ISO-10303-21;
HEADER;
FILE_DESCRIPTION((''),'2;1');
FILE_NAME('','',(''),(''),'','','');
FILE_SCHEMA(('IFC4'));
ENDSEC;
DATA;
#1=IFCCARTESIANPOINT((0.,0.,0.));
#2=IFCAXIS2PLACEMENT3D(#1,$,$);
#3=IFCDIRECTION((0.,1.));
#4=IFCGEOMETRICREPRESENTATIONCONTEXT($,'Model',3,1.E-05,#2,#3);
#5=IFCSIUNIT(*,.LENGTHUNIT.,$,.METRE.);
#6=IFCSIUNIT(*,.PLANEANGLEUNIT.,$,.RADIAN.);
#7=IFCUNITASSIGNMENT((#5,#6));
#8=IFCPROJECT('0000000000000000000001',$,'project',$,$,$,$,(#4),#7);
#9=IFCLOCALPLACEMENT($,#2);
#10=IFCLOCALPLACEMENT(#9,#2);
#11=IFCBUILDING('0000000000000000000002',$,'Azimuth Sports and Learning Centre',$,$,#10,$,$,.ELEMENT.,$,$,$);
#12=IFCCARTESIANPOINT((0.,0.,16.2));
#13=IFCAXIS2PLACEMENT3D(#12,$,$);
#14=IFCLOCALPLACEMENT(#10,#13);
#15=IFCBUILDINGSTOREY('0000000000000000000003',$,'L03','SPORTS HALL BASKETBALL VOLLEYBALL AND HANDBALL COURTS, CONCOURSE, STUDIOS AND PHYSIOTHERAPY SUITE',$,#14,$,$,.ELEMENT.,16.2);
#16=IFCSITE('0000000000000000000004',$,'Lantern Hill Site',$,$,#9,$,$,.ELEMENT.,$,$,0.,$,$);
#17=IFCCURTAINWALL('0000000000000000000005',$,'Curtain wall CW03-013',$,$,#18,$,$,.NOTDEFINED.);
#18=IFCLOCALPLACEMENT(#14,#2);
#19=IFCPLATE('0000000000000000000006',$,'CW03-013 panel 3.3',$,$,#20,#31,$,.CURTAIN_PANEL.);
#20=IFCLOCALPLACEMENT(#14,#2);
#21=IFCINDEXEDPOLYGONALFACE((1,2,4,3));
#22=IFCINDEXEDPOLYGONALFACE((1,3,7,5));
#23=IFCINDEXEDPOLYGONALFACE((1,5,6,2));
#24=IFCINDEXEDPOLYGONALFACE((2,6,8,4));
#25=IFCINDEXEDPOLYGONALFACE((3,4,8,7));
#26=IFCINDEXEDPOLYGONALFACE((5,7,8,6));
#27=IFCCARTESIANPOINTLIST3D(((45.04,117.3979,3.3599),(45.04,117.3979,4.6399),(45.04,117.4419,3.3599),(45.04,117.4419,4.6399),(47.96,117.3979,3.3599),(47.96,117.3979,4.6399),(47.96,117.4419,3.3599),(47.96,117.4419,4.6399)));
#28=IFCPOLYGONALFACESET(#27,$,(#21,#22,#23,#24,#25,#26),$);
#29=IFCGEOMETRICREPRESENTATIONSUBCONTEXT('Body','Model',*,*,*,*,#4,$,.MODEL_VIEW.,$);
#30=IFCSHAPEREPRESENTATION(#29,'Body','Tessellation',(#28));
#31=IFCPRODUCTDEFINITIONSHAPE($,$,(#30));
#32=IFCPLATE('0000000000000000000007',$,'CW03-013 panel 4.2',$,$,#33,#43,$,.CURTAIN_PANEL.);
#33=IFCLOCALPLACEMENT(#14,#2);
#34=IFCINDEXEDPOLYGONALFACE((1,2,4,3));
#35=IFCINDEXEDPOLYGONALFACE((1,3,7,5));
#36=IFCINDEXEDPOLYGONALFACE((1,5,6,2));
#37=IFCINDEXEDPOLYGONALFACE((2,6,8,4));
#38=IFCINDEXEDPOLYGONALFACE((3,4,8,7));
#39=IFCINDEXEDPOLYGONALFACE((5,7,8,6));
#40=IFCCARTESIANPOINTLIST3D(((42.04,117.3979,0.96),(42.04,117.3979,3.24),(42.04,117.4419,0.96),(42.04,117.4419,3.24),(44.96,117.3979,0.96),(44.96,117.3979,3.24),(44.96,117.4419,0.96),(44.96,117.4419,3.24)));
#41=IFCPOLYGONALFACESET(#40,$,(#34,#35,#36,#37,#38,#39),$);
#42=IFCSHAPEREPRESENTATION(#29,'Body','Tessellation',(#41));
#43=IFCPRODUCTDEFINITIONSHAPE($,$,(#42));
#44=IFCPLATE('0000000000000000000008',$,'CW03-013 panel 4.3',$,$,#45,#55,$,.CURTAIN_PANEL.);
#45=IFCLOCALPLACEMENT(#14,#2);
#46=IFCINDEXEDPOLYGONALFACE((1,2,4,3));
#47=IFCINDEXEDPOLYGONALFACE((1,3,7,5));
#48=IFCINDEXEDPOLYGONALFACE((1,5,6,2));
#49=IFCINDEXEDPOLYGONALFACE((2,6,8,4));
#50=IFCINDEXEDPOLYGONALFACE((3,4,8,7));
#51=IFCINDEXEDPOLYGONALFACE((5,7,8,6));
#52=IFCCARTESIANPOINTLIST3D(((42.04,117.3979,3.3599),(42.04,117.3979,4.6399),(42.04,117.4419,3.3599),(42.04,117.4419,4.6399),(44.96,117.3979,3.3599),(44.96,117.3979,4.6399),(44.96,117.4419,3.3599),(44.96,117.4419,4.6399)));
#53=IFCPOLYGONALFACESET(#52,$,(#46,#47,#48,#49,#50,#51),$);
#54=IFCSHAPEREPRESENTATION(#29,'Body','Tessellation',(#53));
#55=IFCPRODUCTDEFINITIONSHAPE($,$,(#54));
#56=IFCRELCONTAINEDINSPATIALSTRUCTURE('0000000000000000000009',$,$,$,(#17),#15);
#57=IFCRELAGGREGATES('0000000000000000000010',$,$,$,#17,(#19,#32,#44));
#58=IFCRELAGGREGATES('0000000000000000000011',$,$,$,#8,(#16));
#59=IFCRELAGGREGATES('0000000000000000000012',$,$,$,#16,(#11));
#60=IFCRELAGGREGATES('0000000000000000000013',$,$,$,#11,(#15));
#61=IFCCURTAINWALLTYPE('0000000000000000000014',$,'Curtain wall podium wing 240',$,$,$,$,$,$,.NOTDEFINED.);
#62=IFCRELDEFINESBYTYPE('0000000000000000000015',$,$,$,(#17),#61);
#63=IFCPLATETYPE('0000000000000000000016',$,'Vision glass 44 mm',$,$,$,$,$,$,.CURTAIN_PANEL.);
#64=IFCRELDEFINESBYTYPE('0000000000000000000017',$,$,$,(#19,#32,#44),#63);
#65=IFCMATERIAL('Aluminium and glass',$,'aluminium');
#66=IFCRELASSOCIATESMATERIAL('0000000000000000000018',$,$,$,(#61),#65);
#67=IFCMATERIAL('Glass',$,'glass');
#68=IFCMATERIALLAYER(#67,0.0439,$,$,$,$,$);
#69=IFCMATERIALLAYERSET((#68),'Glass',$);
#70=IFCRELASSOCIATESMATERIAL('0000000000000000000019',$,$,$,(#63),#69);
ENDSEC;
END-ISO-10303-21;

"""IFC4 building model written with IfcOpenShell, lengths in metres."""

from ifc_helpers import new_model, si_unit, direction, frame, origin, origin_2d, place, context, subcontext, project, spatial, rectangle, extrude, material, layer, layer_set, type_object, element, aggregate, save


model = new_model("IFC4")

# Units and contexts
model_context = context("Model", 3, precision=1e-05, world=origin(), true_north=direction((0.0, 1.0)))
body_context = subcontext(model_context, "Body", "Model", "MODEL_VIEW")
ifc_project = project(units=[si_unit("LENGTHUNIT", "METRE"), si_unit("PLANEANGLEUNIT", "RADIAN")], contexts=[model_context])

# Site, building, storey
site_placement = place(None, origin())
site = spatial("IfcSite", under=ifc_project, at=site_placement, Name="Lantern Hill Site", CompositionType="ELEMENT", RefElevation=0.0)
building_placement = place(site_placement, origin())
building = spatial("IfcBuilding", under=site, at=building_placement, Name="Azimuth Sports and Learning Centre", CompositionType="ELEMENT")
storey_placement = place(building_placement, frame((0.0, 0.0, 16.2)))
storey = spatial("IfcBuildingStorey", under=building, at=storey_placement, Name="L03", Description="SPORTS HALL BASKETBALL VOLLEYBALL AND HANDBALL COURTS, CONCOURSE, STUDIOS AND PHYSIOTHERAPY SUITE", CompositionType="ELEMENT", Elevation=16.2)

# Curtain wall, plates
ifc_material_1 = material(Name="Aluminium and glass", Category="aluminium")
curtain_wall_type = type_object("IfcCurtainWallType", Name="Curtain wall podium wing 240", PredefinedType="NOTDEFINED", material=ifc_material_1)
curtain_wall_placement = place(storey_placement, origin())
curtain_wall = element("IfcCurtainWall", 1, at=curtain_wall_placement, inside=storey, type_object=curtain_wall_type, Name="Curtain wall CW03-013", PredefinedType="NOTDEFINED")
ifc_material_2 = material(Name="Glass", Category="glass")
ifc_layer_1 = layer(ifc_material_2, 0.0439)
ifc_layer_set_1 = layer_set([ifc_layer_1], Name="Glass")
plate_type_1 = type_object("IfcPlateType", Name="Vision glass 44 mm", PredefinedType="CURTAIN_PANEL", material=ifc_layer_set_1)
plate_1_placement = place(storey_placement, frame((46.5, 117.4199, 3.3599), z_axis=(0.0, 0.0, 1.0), x_axis=(-1.0, 0.0, 0.0)))
plate_1 = element("IfcPlate", 2, at=plate_1_placement, type_object=plate_type_1, Name="CW03-013 panel 3.3", PredefinedType="CURTAIN_PANEL", context=body_context, shape_type="SweptSolid", body=[
    extrude(rectangle(XDim=2.9199, YDim=0.0439, at=origin_2d()), origin(), (0.0, 0.0, 1.0), 1.28),
])
plate_2_placement = place(storey_placement, frame((43.5, 117.4199, 0.96), z_axis=(0.0, 0.0, 1.0), x_axis=(-1.0, 0.0, 0.0)))
plate_2 = element("IfcPlate", 3, at=plate_2_placement, type_object=plate_type_1, Name="CW03-013 panel 4.2", PredefinedType="CURTAIN_PANEL", context=body_context, shape_type="SweptSolid", body=[
    extrude(rectangle(XDim=2.9199, YDim=0.0439, at=origin_2d()), origin(), (0.0, 0.0, 1.0), 2.28),
])
plate_3_placement = place(storey_placement, frame((43.5, 117.4199, 3.3599), z_axis=(0.0, 0.0, 1.0), x_axis=(-1.0, 0.0, 0.0)))
plate_3 = element("IfcPlate", 4, at=plate_3_placement, type_object=plate_type_1, Name="CW03-013 panel 4.3", PredefinedType="CURTAIN_PANEL", context=body_context, shape_type="SweptSolid", body=[
    extrude(rectangle(XDim=2.9199, YDim=0.0439, at=origin_2d()), origin(), (0.0, 0.0, 1.0), 1.28),
])
aggregate(curtain_wall, [plate_1, plate_2, plate_3])

save(model, "model.ifc")
